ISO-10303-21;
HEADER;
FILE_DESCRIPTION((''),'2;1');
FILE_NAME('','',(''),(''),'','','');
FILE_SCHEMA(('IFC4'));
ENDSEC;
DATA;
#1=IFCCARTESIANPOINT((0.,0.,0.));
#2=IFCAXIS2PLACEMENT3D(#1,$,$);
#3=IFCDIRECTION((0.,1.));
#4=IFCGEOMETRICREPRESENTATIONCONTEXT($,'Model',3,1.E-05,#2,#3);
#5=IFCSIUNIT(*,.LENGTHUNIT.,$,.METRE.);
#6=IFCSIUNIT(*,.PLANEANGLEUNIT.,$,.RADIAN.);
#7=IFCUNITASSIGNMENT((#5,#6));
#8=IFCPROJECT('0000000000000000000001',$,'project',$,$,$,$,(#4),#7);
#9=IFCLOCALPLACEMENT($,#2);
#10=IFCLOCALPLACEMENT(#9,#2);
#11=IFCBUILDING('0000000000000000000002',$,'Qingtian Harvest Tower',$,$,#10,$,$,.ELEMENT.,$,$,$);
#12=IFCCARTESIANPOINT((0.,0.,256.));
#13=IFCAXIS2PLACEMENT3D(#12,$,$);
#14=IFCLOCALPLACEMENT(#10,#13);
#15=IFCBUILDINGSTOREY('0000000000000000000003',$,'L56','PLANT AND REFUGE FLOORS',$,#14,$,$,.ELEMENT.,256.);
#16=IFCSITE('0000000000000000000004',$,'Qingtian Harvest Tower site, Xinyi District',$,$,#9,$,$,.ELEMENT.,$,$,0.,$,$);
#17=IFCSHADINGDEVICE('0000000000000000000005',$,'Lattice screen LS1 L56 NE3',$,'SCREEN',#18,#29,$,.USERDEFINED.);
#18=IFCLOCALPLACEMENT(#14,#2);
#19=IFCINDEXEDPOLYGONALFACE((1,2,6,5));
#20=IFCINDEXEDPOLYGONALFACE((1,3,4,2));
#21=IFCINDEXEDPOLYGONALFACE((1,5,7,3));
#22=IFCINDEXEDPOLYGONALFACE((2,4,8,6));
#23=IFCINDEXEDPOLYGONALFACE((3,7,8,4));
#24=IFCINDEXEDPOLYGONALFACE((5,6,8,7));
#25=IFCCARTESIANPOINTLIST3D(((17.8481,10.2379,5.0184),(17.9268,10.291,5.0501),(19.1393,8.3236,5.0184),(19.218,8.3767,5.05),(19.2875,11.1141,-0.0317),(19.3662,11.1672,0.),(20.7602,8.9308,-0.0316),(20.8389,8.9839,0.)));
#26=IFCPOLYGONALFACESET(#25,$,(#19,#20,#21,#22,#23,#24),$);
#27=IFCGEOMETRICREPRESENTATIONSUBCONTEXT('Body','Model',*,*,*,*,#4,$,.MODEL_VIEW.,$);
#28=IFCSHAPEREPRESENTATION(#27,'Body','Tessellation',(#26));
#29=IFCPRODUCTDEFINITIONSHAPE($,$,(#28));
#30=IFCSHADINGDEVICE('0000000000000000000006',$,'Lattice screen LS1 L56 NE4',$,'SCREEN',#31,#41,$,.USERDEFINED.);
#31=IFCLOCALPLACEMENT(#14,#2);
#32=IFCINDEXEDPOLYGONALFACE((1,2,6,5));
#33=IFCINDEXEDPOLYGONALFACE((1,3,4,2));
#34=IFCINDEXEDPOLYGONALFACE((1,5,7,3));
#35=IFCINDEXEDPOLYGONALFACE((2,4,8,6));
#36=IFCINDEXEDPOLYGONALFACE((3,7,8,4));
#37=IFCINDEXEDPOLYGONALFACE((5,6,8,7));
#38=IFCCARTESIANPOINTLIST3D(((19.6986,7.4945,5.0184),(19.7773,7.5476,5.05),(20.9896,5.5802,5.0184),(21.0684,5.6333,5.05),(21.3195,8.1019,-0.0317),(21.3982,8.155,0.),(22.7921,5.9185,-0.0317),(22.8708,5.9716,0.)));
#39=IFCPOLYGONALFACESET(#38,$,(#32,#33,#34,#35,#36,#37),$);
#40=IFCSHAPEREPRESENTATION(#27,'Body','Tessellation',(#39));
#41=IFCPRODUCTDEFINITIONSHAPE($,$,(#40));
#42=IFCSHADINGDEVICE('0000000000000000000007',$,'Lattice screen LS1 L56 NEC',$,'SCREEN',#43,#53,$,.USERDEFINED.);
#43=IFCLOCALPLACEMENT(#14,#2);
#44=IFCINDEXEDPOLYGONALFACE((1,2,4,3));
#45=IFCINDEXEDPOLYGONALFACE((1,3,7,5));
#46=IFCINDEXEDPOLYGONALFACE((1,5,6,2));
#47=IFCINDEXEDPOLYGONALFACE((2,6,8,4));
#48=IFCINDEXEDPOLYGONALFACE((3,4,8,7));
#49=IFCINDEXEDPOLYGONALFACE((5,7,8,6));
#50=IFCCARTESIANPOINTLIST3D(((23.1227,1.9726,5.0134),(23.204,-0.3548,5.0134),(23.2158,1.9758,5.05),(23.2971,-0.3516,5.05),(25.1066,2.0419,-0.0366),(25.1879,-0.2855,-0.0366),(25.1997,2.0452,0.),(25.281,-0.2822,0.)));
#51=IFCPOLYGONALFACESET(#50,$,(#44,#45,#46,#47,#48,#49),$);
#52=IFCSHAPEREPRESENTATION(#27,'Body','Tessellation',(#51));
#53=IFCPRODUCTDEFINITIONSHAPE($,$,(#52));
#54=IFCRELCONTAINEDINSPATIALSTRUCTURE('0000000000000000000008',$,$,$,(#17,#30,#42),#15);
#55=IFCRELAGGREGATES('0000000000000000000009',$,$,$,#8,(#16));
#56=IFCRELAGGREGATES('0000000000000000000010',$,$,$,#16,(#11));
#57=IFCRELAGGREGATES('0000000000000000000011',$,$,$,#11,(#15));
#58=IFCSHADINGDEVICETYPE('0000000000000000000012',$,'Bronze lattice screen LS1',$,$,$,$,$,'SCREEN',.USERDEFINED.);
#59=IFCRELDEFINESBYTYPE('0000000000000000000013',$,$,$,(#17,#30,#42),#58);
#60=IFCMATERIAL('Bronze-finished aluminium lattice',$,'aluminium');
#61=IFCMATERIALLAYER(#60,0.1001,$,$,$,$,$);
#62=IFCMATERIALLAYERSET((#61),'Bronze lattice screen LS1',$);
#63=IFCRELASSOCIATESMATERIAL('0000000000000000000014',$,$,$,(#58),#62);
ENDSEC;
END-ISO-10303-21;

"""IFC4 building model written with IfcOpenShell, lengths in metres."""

from ifc_helpers import new_model, si_unit, direction, frame, origin, place, context, subcontext, project, spatial, polyline, outline, extrude, material, layer, layer_set, type_object, element, save


model = new_model("IFC4")

# Units and contexts
model_context = context("Model", 3, precision=1e-05, world=origin(), true_north=direction((0.0, 1.0)))
body_context = subcontext(model_context, "Body", "Model", "MODEL_VIEW")
ifc_project = project(units=[si_unit("LENGTHUNIT", "METRE"), si_unit("PLANEANGLEUNIT", "RADIAN")], contexts=[model_context])

# Site, building, storey
site_placement = place(None, origin())
site = spatial("IfcSite", under=ifc_project, at=site_placement, Name="Qingtian Harvest Tower site, Xinyi District", CompositionType="ELEMENT", RefElevation=0.0)
building_placement = place(site_placement, origin())
building = spatial("IfcBuilding", under=site, at=building_placement, Name="Qingtian Harvest Tower", CompositionType="ELEMENT")
storey_placement = place(building_placement, frame((0.0, 0.0, 256.0)))
storey = spatial("IfcBuildingStorey", under=building, at=storey_placement, Name="L56", Description="PLANT AND REFUGE FLOORS", CompositionType="ELEMENT", Elevation=256.0)

# Shading devices
ifc_material_1 = material(Name="Bronze-finished aluminium lattice", Category="aluminium")
ifc_layer_1 = layer(ifc_material_1, 0.1001)
ifc_layer_set_1 = layer_set([ifc_layer_1], Name="Bronze lattice screen LS1")
shading_device_type = type_object("IfcShadingDeviceType", Name="Bronze lattice screen LS1", ElementType="SCREEN", PredefinedType="USERDEFINED", material=ifc_layer_set_1)
shading_device_1_placement = place(storey_placement, frame((19.3662, 11.1672, 0.0), z_axis=(0.786495, 0.5305, 0.31622), x_axis=(0.559194, -0.829037, 0.000004)))
element("IfcShadingDevice", 1, at=shading_device_1_placement, inside=storey, type_object=shading_device_type, Name="Lattice screen LS1 L56 NE3", ObjectType="SCREEN", PredefinedType="USERDEFINED", context=body_context, shape_type="SweptSolid", body=[
    extrude(outline(polyline([(0.0, 0.0), (2.6336, 0.0), (2.2306, -5.3232), (-0.0785, -5.3232), (0.0, 0.0)])), origin(), (0.0, 0.0, -1.0), 0.1001),
])
shading_device_2_placement = place(storey_placement, frame((21.3982, 8.155, 0.0), z_axis=(0.786508, 0.530461, 0.316254), x_axis=(0.559163, -0.829058, -0.000009)))
element("IfcShadingDevice", 2, at=shading_device_2_placement, inside=storey, type_object=shading_device_type, Name="Lattice screen LS1 L56 NE4", ObjectType="SCREEN", PredefinedType="USERDEFINED", context=body_context, shape_type="SweptSolid", body=[
    extrude(outline(polyline([(0.0, 0.0), (2.6336, 0.0), (1.9062, -5.3233), (-0.4028, -5.3232), (0.0, 0.0)])), origin(), (0.0, 0.0, -1.0), 0.1001),
])
shading_device_3_placement = place(storey_placement, frame((25.1997, 2.0452, 0.0), z_axis=(0.930112, 0.03249, 0.365836), x_axis=(0.03491, -0.99939, 0.0)))
element("IfcShadingDevice", 3, at=shading_device_3_placement, inside=storey, type_object=shading_device_type, Name="Lattice screen LS1 L56 NEC", ObjectType="SCREEN", PredefinedType="USERDEFINED", context=body_context, shape_type="SweptSolid", body=[
    extrude(outline(polyline([(0.0, 0.0), (2.3288, 0.0), (2.3288, -5.4262), (0.0, -5.4262), (0.0, 0.0)])), origin(), (0.0, 0.0, -1.0), 0.1001),
])

save(model, "model.ifc")
